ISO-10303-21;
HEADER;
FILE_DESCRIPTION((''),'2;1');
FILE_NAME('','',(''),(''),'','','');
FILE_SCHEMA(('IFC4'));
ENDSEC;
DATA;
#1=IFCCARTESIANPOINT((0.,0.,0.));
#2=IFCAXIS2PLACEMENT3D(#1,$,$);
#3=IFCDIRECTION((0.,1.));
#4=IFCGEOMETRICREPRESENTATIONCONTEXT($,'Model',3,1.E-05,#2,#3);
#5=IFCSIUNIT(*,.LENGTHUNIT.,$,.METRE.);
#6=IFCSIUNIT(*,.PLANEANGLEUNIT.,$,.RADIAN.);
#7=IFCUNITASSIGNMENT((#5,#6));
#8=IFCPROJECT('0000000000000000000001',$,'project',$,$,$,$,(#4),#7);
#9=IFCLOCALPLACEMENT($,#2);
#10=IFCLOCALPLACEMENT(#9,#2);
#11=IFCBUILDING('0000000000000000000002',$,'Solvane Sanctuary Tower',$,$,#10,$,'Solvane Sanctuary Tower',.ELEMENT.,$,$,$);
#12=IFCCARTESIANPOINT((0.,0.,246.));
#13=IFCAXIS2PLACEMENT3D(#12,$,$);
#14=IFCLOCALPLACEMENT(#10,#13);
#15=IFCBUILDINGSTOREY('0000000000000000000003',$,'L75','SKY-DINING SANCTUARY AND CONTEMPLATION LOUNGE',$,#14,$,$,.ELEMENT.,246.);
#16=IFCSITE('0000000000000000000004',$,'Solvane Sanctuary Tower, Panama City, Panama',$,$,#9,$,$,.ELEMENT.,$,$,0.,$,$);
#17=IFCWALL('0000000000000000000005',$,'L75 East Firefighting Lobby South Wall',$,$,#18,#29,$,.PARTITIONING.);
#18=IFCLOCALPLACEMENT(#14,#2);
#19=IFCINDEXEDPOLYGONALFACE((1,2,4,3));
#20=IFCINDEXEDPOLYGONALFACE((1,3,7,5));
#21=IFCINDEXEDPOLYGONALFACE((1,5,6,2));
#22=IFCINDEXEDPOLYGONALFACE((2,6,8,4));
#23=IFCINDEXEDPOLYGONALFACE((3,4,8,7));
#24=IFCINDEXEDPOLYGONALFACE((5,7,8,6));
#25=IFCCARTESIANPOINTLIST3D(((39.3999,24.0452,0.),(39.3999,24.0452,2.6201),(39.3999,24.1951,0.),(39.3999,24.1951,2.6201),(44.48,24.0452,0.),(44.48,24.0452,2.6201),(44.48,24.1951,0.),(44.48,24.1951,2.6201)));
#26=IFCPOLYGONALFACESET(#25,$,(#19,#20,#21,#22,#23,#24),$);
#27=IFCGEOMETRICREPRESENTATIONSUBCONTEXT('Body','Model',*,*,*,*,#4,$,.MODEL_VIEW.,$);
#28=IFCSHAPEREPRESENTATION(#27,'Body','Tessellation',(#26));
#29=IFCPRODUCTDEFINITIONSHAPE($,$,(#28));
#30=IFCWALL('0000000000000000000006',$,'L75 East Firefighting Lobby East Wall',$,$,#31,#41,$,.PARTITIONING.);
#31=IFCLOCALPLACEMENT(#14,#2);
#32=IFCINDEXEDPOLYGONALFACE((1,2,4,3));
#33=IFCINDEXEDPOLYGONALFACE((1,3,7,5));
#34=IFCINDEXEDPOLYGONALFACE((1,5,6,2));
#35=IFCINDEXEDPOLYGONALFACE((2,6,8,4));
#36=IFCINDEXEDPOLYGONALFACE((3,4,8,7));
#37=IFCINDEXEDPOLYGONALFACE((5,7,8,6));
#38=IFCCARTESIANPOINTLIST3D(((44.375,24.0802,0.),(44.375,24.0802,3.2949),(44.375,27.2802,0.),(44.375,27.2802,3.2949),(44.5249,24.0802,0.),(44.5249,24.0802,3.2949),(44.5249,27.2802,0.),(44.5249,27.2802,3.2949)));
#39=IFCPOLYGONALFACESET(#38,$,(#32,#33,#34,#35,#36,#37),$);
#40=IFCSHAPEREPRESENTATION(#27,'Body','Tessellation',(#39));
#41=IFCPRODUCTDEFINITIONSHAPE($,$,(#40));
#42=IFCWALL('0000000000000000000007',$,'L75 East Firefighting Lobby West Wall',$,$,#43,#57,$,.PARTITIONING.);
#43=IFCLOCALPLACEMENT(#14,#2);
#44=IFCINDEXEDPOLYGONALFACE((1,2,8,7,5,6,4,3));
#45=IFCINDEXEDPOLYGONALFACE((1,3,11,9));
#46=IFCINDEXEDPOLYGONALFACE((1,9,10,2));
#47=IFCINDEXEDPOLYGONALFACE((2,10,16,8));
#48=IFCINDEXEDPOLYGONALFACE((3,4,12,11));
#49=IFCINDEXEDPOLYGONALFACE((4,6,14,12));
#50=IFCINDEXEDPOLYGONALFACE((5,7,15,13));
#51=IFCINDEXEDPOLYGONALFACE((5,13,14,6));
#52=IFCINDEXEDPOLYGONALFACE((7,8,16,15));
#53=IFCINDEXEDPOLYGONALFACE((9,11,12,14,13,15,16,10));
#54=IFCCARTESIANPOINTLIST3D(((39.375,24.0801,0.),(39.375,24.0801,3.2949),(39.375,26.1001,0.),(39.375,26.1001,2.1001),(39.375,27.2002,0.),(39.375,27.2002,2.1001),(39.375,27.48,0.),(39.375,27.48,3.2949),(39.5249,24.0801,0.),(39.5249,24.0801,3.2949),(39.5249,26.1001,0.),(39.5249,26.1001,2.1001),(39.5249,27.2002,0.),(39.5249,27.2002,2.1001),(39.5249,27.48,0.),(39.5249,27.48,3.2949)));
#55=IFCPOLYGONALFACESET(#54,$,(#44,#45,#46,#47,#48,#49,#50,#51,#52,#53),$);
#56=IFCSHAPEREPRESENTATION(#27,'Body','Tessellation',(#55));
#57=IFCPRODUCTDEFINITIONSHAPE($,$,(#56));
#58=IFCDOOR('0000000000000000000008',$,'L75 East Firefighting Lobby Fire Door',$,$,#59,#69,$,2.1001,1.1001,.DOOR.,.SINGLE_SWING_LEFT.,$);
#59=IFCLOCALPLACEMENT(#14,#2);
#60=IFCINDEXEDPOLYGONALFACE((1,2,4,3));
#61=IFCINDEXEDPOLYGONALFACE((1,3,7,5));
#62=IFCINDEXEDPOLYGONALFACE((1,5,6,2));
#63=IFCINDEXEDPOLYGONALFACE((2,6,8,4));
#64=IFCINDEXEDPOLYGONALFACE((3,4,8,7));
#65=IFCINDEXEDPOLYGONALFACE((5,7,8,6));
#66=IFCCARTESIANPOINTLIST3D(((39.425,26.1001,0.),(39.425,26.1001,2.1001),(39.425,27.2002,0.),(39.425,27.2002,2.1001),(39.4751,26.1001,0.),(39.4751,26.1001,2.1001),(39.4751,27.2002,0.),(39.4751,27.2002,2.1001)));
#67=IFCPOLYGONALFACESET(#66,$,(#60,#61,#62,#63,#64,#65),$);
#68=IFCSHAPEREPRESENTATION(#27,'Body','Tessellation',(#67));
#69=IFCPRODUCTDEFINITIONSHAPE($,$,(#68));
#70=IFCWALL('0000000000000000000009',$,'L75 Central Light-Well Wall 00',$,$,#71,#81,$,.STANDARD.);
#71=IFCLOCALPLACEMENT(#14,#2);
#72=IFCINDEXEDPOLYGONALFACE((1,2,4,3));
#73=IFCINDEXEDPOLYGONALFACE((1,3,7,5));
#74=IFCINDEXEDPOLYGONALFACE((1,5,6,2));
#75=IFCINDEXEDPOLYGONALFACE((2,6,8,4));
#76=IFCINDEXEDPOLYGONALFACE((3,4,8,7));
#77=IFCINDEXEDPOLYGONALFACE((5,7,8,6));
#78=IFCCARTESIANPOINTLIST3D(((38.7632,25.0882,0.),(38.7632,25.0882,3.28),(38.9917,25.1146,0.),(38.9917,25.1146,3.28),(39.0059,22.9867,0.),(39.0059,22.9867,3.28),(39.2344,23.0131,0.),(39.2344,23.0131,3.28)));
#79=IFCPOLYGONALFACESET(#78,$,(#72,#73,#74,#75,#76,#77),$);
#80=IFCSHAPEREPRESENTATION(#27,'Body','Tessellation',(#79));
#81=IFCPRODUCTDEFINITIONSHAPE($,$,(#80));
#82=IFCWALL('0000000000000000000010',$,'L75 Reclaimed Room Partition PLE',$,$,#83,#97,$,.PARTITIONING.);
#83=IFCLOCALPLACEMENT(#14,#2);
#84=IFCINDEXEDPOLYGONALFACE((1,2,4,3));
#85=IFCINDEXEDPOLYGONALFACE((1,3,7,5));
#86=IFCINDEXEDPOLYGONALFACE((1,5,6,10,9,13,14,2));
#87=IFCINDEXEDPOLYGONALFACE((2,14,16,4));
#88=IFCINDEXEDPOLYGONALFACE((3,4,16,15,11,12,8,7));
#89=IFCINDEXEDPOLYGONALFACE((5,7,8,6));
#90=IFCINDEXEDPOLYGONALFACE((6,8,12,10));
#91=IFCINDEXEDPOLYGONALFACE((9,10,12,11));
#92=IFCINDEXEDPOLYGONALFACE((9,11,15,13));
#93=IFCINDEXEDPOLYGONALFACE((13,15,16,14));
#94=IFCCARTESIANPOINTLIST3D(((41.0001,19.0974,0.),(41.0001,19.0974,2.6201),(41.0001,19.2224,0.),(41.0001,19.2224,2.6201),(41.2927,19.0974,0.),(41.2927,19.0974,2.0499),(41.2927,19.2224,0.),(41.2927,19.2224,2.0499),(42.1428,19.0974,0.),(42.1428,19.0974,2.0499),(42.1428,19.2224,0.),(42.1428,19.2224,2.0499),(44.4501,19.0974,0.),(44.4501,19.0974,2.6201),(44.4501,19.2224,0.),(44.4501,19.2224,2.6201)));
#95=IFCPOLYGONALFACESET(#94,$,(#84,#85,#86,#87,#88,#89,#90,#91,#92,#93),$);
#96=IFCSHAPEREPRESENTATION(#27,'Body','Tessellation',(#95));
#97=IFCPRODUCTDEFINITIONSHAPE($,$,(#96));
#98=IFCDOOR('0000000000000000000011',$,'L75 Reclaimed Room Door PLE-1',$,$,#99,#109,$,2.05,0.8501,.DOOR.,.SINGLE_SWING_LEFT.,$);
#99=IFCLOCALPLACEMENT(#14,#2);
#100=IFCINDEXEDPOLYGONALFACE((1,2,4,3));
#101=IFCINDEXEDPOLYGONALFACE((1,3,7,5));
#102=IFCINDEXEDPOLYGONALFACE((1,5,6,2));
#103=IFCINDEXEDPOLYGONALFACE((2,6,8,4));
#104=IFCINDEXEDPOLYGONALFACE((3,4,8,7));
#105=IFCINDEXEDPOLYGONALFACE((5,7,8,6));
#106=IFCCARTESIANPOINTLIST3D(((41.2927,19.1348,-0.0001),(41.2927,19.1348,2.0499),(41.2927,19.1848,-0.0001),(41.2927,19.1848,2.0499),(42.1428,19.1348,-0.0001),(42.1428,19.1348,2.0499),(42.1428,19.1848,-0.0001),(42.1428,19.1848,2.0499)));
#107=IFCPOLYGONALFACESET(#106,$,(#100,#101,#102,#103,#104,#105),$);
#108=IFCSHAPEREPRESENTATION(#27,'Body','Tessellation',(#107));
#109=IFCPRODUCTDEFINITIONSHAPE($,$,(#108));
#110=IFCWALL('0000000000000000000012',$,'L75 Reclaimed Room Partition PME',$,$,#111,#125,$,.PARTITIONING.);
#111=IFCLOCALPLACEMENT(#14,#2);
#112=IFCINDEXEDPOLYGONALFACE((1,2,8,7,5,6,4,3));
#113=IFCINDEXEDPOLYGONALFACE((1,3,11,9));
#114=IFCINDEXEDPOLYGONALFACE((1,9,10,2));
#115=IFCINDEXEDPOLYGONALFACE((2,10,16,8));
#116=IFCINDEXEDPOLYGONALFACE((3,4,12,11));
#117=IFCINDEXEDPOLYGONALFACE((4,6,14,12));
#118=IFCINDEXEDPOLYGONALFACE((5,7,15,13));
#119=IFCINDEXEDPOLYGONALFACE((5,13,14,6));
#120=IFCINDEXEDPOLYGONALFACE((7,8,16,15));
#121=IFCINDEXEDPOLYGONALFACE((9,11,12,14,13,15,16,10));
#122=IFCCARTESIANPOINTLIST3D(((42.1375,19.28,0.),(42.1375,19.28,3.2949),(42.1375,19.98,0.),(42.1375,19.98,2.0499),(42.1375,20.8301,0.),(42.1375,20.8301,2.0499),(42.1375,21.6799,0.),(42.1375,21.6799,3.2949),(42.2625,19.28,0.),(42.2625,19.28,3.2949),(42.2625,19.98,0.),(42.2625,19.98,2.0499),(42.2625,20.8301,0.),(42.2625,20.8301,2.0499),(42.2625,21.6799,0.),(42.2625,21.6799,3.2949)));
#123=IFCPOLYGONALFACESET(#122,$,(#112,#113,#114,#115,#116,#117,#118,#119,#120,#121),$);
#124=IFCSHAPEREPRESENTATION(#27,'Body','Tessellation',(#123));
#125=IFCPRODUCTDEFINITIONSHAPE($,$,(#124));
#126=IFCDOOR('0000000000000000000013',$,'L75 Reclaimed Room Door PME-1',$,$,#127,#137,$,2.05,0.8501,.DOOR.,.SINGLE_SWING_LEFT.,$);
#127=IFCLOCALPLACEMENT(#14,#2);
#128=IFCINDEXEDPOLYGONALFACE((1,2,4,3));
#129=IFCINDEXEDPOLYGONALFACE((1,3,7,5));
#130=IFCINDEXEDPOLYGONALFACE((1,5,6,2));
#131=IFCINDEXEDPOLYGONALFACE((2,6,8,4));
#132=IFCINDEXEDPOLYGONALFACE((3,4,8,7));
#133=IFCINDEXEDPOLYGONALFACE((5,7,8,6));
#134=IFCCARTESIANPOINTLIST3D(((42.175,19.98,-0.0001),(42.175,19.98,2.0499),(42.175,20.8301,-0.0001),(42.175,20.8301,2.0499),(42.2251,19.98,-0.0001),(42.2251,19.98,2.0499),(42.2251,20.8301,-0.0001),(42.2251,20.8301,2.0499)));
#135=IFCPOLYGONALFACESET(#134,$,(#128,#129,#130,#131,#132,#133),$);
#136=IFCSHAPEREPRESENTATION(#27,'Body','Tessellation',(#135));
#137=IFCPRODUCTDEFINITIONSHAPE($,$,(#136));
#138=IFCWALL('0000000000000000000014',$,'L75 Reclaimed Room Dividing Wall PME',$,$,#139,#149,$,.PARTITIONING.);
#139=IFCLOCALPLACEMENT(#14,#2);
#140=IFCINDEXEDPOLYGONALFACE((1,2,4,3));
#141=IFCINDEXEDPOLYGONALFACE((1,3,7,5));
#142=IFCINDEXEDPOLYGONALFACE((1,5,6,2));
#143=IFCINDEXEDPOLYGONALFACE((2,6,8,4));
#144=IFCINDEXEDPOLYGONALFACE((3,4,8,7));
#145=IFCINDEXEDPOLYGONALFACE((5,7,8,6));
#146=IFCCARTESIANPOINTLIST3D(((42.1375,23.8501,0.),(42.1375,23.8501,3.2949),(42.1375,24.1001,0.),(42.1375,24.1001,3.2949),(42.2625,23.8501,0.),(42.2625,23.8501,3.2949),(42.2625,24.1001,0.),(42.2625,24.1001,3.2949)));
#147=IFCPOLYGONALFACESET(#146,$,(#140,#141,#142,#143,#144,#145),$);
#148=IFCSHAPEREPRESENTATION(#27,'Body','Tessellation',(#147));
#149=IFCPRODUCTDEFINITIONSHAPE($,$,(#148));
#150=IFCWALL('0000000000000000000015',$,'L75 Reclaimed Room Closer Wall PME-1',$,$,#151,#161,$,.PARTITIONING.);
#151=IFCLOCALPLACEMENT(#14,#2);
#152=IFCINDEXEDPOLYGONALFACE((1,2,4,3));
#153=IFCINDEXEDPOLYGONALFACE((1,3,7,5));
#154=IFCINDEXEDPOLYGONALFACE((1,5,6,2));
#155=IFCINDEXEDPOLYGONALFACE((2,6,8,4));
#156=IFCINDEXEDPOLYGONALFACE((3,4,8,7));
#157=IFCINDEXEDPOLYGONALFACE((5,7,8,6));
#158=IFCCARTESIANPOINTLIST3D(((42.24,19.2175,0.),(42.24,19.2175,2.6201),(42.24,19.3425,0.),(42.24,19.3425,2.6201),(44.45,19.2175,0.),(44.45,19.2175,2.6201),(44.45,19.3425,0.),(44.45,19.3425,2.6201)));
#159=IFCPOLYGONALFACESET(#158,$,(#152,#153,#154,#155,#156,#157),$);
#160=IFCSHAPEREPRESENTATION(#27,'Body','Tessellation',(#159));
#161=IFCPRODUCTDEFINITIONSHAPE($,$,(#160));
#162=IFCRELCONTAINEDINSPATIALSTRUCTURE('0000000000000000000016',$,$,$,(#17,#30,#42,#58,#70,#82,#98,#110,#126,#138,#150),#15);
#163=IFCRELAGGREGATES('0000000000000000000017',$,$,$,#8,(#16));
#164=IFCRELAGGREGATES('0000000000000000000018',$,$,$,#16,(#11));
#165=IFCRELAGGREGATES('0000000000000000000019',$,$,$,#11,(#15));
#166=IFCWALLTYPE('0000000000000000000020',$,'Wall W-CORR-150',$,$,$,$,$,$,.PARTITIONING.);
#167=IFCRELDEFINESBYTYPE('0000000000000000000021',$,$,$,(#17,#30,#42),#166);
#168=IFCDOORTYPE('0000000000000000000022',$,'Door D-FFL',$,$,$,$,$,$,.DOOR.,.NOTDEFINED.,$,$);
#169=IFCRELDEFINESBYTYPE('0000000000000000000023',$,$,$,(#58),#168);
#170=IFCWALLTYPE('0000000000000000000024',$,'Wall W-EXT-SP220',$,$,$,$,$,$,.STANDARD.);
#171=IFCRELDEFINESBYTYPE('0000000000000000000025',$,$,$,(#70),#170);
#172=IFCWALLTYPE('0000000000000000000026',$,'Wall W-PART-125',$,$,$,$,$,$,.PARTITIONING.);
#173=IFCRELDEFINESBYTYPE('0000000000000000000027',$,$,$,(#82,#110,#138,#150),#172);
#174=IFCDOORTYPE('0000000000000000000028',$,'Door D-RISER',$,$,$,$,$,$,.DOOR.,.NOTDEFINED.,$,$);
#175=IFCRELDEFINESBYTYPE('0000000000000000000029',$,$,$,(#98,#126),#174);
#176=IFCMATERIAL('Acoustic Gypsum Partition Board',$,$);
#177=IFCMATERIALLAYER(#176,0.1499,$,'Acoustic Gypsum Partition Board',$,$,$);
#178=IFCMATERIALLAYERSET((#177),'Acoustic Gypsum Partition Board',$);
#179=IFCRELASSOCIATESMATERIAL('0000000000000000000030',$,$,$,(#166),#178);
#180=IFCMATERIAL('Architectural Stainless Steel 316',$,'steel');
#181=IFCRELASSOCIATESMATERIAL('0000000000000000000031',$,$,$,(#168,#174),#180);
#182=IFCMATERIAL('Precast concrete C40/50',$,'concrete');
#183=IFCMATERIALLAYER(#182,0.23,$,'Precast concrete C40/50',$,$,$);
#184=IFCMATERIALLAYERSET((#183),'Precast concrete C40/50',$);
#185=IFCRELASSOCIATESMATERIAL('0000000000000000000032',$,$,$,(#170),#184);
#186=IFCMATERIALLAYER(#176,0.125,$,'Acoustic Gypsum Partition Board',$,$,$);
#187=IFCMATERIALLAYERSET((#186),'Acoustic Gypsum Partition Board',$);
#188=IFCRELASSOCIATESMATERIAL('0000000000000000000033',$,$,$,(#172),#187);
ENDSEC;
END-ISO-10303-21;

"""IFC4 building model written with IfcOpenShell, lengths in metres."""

from ifc_helpers import new_model, si_unit, direction, frame, frame_2d, origin, place, context, subcontext, project, spatial, rectangle, extrude, material, layer, layer_set, type_object, element, fill, save


model = new_model("IFC4")

# Units and contexts
model_context = context("Model", 3, precision=1e-05, world=origin(), true_north=direction((0.0, 1.0)))
body_context = subcontext(model_context, "Body", "Model", "MODEL_VIEW")
ifc_project = project(units=[si_unit("LENGTHUNIT", "METRE"), si_unit("PLANEANGLEUNIT", "RADIAN")], contexts=[model_context])

# Site, building, storey
site_placement = place(None, origin())
site = spatial("IfcSite", under=ifc_project, at=site_placement, Name="Solvane Sanctuary Tower, Panama City, Panama", CompositionType="ELEMENT", RefElevation=0.0)
building_placement = place(site_placement, origin())
building = spatial("IfcBuilding", under=site, at=building_placement, Name="Solvane Sanctuary Tower", LongName="Solvane Sanctuary Tower", CompositionType="ELEMENT")
storey_placement = place(building_placement, frame((0.0, 0.0, 246.0)))
storey = spatial("IfcBuildingStorey", under=building, at=storey_placement, Name="L75", Description="SKY-DINING SANCTUARY AND CONTEMPLATION LOUNGE", CompositionType="ELEMENT", Elevation=246.0)

# Walls
ifc_material_1 = material(Name="Acoustic Gypsum Partition Board")
ifc_layer_1 = layer(ifc_material_1, 0.1499, Name="Acoustic Gypsum Partition Board")
ifc_layer_set_1 = layer_set([ifc_layer_1], Name="Acoustic Gypsum Partition Board")
wall_type_1 = type_object("IfcWallType", Name="Wall W-CORR-150", PredefinedType="PARTITIONING", material=ifc_layer_set_1)
wall_1_placement = place(storey_placement, frame((39.3999, 24.1201, 0.0), z_axis=(0.0, 0.0, 1.0), x_axis=(1.0, 0.0, 0.0)))
element("IfcWall", 1, at=wall_1_placement, inside=storey, type_object=wall_type_1, Name="L75 East Firefighting Lobby South Wall", PredefinedType="PARTITIONING", context=body_context, shape_type="SweptSolid", body=[
    extrude(rectangle(XDim=5.0801, YDim=0.1499, at=frame_2d((2.54, 0.0))), origin(), (0.0, 0.0, 1.0), 2.6201),
])
wall_2_placement = place(storey_placement, frame((44.45, 24.0801, 0.0), z_axis=(0.0, 0.0, 1.0), x_axis=(0.0, 1.0, 0.0)))
element("IfcWall", 2, at=wall_2_placement, inside=storey, type_object=wall_type_1, Name="L75 East Firefighting Lobby East Wall", PredefinedType="PARTITIONING", context=body_context, shape_type="SweptSolid", body=[
    extrude(rectangle(XDim=3.2, YDim=0.1499, at=frame_2d((1.6001, 0.0))), origin(), (0.0, 0.0, 1.0), 3.2949),
])

# Wall, opening, door
wall_3_placement = place(storey_placement, frame((39.45, 24.0801, 0.0), z_axis=(0.0, 0.0, 1.0), x_axis=(0.0, 1.0, 0.0)))
wall_3 = element("IfcWall", 3, at=wall_3_placement, inside=storey, type_object=wall_type_1, Name="L75 East Firefighting Lobby West Wall", PredefinedType="PARTITIONING", context=body_context, shape_type="SweptSolid", body=[
    extrude(rectangle(XDim=3.3999, YDim=0.1499, at=frame_2d((1.7, 0.0))), origin(), (0.0, 0.0, 1.0), 3.2949),
])
opening_1_placement = place(wall_3_placement, frame((2.02, 0.0, 0.0)))
opening_1 = element("IfcOpeningElement", 4, at=opening_1_placement, cuts=wall_3, PredefinedType="OPENING", context=body_context, shape_type="SweptSolid", body=[
    extrude(rectangle(XDim=1.1001, YDim=2.1001, at=frame_2d((0.55, 1.05))), frame((0.0, 0.085, 0.0), z_axis=(0.0, -1.0, 0.0), x_axis=(1.0, 0.0, 0.0)), (0.0, 0.0, 1.0), 0.1699),
])
ifc_material_2 = material(Name="Architectural Stainless Steel 316", Category="steel")
door_type_1 = type_object("IfcDoorType", Name="Door D-FFL", OperationType="NOTDEFINED", PredefinedType="DOOR", material=ifc_material_2)
door_1_placement = place(opening_1_placement, origin())
door_1 = element("IfcDoor", 5, at=door_1_placement, inside=storey, type_object=door_type_1, Name="L75 East Firefighting Lobby Fire Door", OperationType="SINGLE_SWING_LEFT", OverallHeight=2.1001, OverallWidth=1.1001, PredefinedType="DOOR", context=body_context, shape_type="SweptSolid", body=[
    extrude(rectangle(XDim=1.1001, YDim=2.1001, at=frame_2d((0.55, 1.05))), frame((0.0, 0.0249, 0.0), z_axis=(0.0, -1.0, 0.0), x_axis=(1.0, 0.0, 0.0)), (0.0, 0.0, 1.0), 0.05),
])
fill(opening_1, door_1)

# Wall
ifc_material_3 = material(Name="Precast concrete C40/50", Category="concrete")
ifc_layer_2 = layer(ifc_material_3, 0.23, Name="Precast concrete C40/50")
ifc_layer_set_2 = layer_set([ifc_layer_2], Name="Precast concrete C40/50")
wall_type_2 = type_object("IfcWallType", Name="Wall W-EXT-SP220", PredefinedType="STANDARD", material=ifc_layer_set_2)
wall_4_placement = place(storey_placement, frame((39.1201, 23.0, 0.0), z_axis=(0.0, 0.0, 1.0), x_axis=(-0.114712, 0.993399, 0.0)))
element("IfcWall", 6, at=wall_4_placement, inside=storey, type_object=wall_type_2, Name="L75 Central Light-Well Wall 00", PredefinedType="STANDARD", context=body_context, shape_type="SweptSolid", body=[
    extrude(rectangle(XDim=2.1155, YDim=0.23, at=frame_2d((1.0576, 0.0))), origin(), (0.0, 0.0, 1.0), 3.28),
])

# Walls, openings, doors
ifc_layer_3 = layer(ifc_material_1, 0.125, Name="Acoustic Gypsum Partition Board")
ifc_layer_set_3 = layer_set([ifc_layer_3], Name="Acoustic Gypsum Partition Board")
wall_type_3 = type_object("IfcWallType", Name="Wall W-PART-125", PredefinedType="PARTITIONING", material=ifc_layer_set_3)
wall_5_placement = place(storey_placement, frame((41.0, 19.1599, 0.0), z_axis=(0.0, 0.0, 1.0), x_axis=(1.0, 0.0, 0.0)))
wall_5 = element("IfcWall", 7, at=wall_5_placement, inside=storey, type_object=wall_type_3, Name="L75 Reclaimed Room Partition PLE", PredefinedType="PARTITIONING", context=body_context, shape_type="SweptSolid", body=[
    extrude(rectangle(XDim=3.45, YDim=0.125, at=frame_2d((1.7251, 0.0))), origin(), (0.0, 0.0, 1.0), 2.6201),
])
opening_2_placement = place(wall_5_placement, frame((0.2927, 0.0, 0.0)))
opening_2 = element("IfcOpeningElement", 8, at=opening_2_placement, cuts=wall_5, PredefinedType="OPENING", context=body_context, shape_type="SweptSolid", body=[
    extrude(rectangle(XDim=0.8501, YDim=2.05, at=frame_2d((0.425, 1.0249))), frame((0.0, 0.0725, 0.0), z_axis=(0.0, -1.0, 0.0), x_axis=(1.0, 0.0, 0.0)), (0.0, 0.0, 1.0), 0.145),
])
door_type_2 = type_object("IfcDoorType", Name="Door D-RISER", OperationType="NOTDEFINED", PredefinedType="DOOR", material=ifc_material_2)
door_2_placement = place(opening_2_placement, origin())
door_2 = element("IfcDoor", 9, at=door_2_placement, inside=storey, type_object=door_type_2, Name="L75 Reclaimed Room Door PLE-1", OperationType="SINGLE_SWING_LEFT", OverallHeight=2.05, OverallWidth=0.8501, PredefinedType="DOOR", context=body_context, shape_type="SweptSolid", body=[
    extrude(rectangle(XDim=0.8501, YDim=2.05, at=frame_2d((0.425, 1.0249))), frame((0.0, 0.0249, 0.0), z_axis=(0.0, -1.0, 0.0), x_axis=(1.0, 0.0, 0.0)), (0.0, 0.0, 1.0), 0.05),
])
fill(opening_2, door_2)
wall_6_placement = place(storey_placement, frame((42.2, 19.28, 0.0), z_axis=(0.0, 0.0, 1.0), x_axis=(0.0, 1.0, 0.0)))
wall_6 = element("IfcWall", 10, at=wall_6_placement, inside=storey, type_object=wall_type_3, Name="L75 Reclaimed Room Partition PME", PredefinedType="PARTITIONING", context=body_context, shape_type="SweptSolid", body=[
    extrude(rectangle(XDim=2.3999, YDim=0.125, at=frame_2d((1.2, 0.0))), origin(), (0.0, 0.0, 1.0), 3.2949),
])
opening_3_placement = place(wall_6_placement, frame((0.7, 0.0, 0.0)))
opening_3 = element("IfcOpeningElement", 11, at=opening_3_placement, cuts=wall_6, PredefinedType="OPENING", context=body_context, shape_type="SweptSolid", body=[
    extrude(rectangle(XDim=0.8501, YDim=2.05, at=frame_2d((0.425, 1.0249))), frame((0.0, 0.0725, 0.0), z_axis=(0.0, -1.0, 0.0), x_axis=(1.0, 0.0, 0.0)), (0.0, 0.0, 1.0), 0.145),
])
door_3_placement = place(opening_3_placement, origin())
door_3 = element("IfcDoor", 12, at=door_3_placement, inside=storey, type_object=door_type_2, Name="L75 Reclaimed Room Door PME-1", OperationType="SINGLE_SWING_LEFT", OverallHeight=2.05, OverallWidth=0.8501, PredefinedType="DOOR", context=body_context, shape_type="SweptSolid", body=[
    extrude(rectangle(XDim=0.8501, YDim=2.05, at=frame_2d((0.425, 1.0249))), frame((0.0, 0.0249, 0.0), z_axis=(0.0, -1.0, 0.0), x_axis=(1.0, 0.0, 0.0)), (0.0, 0.0, 1.0), 0.05),
])
fill(opening_3, door_3)

# Walls
wall_7_placement = place(storey_placement, frame((42.2, 23.8501, 0.0), z_axis=(0.0, 0.0, 1.0), x_axis=(0.0, 1.0, 0.0)))
element("IfcWall", 13, at=wall_7_placement, inside=storey, type_object=wall_type_3, Name="L75 Reclaimed Room Dividing Wall PME", PredefinedType="PARTITIONING", context=body_context, shape_type="SweptSolid", body=[
    extrude(rectangle(XDim=0.25, YDim=0.125, at=frame_2d((0.125, 0.0))), origin(), (0.0, 0.0, 1.0), 3.2949),
])
wall_8_placement = place(storey_placement, frame((42.24, 19.28, 0.0), z_axis=(0.0, 0.0, 1.0), x_axis=(1.0, 0.0, 0.0)))
element("IfcWall", 14, at=wall_8_placement, inside=storey, type_object=wall_type_3, Name="L75 Reclaimed Room Closer Wall PME-1", PredefinedType="PARTITIONING", context=body_context, shape_type="SweptSolid", body=[
    extrude(rectangle(XDim=2.21, YDim=0.125, at=frame_2d((1.105, 0.0))), origin(), (0.0, 0.0, 1.0), 2.6201),
])

save(model, "model.ifc")
